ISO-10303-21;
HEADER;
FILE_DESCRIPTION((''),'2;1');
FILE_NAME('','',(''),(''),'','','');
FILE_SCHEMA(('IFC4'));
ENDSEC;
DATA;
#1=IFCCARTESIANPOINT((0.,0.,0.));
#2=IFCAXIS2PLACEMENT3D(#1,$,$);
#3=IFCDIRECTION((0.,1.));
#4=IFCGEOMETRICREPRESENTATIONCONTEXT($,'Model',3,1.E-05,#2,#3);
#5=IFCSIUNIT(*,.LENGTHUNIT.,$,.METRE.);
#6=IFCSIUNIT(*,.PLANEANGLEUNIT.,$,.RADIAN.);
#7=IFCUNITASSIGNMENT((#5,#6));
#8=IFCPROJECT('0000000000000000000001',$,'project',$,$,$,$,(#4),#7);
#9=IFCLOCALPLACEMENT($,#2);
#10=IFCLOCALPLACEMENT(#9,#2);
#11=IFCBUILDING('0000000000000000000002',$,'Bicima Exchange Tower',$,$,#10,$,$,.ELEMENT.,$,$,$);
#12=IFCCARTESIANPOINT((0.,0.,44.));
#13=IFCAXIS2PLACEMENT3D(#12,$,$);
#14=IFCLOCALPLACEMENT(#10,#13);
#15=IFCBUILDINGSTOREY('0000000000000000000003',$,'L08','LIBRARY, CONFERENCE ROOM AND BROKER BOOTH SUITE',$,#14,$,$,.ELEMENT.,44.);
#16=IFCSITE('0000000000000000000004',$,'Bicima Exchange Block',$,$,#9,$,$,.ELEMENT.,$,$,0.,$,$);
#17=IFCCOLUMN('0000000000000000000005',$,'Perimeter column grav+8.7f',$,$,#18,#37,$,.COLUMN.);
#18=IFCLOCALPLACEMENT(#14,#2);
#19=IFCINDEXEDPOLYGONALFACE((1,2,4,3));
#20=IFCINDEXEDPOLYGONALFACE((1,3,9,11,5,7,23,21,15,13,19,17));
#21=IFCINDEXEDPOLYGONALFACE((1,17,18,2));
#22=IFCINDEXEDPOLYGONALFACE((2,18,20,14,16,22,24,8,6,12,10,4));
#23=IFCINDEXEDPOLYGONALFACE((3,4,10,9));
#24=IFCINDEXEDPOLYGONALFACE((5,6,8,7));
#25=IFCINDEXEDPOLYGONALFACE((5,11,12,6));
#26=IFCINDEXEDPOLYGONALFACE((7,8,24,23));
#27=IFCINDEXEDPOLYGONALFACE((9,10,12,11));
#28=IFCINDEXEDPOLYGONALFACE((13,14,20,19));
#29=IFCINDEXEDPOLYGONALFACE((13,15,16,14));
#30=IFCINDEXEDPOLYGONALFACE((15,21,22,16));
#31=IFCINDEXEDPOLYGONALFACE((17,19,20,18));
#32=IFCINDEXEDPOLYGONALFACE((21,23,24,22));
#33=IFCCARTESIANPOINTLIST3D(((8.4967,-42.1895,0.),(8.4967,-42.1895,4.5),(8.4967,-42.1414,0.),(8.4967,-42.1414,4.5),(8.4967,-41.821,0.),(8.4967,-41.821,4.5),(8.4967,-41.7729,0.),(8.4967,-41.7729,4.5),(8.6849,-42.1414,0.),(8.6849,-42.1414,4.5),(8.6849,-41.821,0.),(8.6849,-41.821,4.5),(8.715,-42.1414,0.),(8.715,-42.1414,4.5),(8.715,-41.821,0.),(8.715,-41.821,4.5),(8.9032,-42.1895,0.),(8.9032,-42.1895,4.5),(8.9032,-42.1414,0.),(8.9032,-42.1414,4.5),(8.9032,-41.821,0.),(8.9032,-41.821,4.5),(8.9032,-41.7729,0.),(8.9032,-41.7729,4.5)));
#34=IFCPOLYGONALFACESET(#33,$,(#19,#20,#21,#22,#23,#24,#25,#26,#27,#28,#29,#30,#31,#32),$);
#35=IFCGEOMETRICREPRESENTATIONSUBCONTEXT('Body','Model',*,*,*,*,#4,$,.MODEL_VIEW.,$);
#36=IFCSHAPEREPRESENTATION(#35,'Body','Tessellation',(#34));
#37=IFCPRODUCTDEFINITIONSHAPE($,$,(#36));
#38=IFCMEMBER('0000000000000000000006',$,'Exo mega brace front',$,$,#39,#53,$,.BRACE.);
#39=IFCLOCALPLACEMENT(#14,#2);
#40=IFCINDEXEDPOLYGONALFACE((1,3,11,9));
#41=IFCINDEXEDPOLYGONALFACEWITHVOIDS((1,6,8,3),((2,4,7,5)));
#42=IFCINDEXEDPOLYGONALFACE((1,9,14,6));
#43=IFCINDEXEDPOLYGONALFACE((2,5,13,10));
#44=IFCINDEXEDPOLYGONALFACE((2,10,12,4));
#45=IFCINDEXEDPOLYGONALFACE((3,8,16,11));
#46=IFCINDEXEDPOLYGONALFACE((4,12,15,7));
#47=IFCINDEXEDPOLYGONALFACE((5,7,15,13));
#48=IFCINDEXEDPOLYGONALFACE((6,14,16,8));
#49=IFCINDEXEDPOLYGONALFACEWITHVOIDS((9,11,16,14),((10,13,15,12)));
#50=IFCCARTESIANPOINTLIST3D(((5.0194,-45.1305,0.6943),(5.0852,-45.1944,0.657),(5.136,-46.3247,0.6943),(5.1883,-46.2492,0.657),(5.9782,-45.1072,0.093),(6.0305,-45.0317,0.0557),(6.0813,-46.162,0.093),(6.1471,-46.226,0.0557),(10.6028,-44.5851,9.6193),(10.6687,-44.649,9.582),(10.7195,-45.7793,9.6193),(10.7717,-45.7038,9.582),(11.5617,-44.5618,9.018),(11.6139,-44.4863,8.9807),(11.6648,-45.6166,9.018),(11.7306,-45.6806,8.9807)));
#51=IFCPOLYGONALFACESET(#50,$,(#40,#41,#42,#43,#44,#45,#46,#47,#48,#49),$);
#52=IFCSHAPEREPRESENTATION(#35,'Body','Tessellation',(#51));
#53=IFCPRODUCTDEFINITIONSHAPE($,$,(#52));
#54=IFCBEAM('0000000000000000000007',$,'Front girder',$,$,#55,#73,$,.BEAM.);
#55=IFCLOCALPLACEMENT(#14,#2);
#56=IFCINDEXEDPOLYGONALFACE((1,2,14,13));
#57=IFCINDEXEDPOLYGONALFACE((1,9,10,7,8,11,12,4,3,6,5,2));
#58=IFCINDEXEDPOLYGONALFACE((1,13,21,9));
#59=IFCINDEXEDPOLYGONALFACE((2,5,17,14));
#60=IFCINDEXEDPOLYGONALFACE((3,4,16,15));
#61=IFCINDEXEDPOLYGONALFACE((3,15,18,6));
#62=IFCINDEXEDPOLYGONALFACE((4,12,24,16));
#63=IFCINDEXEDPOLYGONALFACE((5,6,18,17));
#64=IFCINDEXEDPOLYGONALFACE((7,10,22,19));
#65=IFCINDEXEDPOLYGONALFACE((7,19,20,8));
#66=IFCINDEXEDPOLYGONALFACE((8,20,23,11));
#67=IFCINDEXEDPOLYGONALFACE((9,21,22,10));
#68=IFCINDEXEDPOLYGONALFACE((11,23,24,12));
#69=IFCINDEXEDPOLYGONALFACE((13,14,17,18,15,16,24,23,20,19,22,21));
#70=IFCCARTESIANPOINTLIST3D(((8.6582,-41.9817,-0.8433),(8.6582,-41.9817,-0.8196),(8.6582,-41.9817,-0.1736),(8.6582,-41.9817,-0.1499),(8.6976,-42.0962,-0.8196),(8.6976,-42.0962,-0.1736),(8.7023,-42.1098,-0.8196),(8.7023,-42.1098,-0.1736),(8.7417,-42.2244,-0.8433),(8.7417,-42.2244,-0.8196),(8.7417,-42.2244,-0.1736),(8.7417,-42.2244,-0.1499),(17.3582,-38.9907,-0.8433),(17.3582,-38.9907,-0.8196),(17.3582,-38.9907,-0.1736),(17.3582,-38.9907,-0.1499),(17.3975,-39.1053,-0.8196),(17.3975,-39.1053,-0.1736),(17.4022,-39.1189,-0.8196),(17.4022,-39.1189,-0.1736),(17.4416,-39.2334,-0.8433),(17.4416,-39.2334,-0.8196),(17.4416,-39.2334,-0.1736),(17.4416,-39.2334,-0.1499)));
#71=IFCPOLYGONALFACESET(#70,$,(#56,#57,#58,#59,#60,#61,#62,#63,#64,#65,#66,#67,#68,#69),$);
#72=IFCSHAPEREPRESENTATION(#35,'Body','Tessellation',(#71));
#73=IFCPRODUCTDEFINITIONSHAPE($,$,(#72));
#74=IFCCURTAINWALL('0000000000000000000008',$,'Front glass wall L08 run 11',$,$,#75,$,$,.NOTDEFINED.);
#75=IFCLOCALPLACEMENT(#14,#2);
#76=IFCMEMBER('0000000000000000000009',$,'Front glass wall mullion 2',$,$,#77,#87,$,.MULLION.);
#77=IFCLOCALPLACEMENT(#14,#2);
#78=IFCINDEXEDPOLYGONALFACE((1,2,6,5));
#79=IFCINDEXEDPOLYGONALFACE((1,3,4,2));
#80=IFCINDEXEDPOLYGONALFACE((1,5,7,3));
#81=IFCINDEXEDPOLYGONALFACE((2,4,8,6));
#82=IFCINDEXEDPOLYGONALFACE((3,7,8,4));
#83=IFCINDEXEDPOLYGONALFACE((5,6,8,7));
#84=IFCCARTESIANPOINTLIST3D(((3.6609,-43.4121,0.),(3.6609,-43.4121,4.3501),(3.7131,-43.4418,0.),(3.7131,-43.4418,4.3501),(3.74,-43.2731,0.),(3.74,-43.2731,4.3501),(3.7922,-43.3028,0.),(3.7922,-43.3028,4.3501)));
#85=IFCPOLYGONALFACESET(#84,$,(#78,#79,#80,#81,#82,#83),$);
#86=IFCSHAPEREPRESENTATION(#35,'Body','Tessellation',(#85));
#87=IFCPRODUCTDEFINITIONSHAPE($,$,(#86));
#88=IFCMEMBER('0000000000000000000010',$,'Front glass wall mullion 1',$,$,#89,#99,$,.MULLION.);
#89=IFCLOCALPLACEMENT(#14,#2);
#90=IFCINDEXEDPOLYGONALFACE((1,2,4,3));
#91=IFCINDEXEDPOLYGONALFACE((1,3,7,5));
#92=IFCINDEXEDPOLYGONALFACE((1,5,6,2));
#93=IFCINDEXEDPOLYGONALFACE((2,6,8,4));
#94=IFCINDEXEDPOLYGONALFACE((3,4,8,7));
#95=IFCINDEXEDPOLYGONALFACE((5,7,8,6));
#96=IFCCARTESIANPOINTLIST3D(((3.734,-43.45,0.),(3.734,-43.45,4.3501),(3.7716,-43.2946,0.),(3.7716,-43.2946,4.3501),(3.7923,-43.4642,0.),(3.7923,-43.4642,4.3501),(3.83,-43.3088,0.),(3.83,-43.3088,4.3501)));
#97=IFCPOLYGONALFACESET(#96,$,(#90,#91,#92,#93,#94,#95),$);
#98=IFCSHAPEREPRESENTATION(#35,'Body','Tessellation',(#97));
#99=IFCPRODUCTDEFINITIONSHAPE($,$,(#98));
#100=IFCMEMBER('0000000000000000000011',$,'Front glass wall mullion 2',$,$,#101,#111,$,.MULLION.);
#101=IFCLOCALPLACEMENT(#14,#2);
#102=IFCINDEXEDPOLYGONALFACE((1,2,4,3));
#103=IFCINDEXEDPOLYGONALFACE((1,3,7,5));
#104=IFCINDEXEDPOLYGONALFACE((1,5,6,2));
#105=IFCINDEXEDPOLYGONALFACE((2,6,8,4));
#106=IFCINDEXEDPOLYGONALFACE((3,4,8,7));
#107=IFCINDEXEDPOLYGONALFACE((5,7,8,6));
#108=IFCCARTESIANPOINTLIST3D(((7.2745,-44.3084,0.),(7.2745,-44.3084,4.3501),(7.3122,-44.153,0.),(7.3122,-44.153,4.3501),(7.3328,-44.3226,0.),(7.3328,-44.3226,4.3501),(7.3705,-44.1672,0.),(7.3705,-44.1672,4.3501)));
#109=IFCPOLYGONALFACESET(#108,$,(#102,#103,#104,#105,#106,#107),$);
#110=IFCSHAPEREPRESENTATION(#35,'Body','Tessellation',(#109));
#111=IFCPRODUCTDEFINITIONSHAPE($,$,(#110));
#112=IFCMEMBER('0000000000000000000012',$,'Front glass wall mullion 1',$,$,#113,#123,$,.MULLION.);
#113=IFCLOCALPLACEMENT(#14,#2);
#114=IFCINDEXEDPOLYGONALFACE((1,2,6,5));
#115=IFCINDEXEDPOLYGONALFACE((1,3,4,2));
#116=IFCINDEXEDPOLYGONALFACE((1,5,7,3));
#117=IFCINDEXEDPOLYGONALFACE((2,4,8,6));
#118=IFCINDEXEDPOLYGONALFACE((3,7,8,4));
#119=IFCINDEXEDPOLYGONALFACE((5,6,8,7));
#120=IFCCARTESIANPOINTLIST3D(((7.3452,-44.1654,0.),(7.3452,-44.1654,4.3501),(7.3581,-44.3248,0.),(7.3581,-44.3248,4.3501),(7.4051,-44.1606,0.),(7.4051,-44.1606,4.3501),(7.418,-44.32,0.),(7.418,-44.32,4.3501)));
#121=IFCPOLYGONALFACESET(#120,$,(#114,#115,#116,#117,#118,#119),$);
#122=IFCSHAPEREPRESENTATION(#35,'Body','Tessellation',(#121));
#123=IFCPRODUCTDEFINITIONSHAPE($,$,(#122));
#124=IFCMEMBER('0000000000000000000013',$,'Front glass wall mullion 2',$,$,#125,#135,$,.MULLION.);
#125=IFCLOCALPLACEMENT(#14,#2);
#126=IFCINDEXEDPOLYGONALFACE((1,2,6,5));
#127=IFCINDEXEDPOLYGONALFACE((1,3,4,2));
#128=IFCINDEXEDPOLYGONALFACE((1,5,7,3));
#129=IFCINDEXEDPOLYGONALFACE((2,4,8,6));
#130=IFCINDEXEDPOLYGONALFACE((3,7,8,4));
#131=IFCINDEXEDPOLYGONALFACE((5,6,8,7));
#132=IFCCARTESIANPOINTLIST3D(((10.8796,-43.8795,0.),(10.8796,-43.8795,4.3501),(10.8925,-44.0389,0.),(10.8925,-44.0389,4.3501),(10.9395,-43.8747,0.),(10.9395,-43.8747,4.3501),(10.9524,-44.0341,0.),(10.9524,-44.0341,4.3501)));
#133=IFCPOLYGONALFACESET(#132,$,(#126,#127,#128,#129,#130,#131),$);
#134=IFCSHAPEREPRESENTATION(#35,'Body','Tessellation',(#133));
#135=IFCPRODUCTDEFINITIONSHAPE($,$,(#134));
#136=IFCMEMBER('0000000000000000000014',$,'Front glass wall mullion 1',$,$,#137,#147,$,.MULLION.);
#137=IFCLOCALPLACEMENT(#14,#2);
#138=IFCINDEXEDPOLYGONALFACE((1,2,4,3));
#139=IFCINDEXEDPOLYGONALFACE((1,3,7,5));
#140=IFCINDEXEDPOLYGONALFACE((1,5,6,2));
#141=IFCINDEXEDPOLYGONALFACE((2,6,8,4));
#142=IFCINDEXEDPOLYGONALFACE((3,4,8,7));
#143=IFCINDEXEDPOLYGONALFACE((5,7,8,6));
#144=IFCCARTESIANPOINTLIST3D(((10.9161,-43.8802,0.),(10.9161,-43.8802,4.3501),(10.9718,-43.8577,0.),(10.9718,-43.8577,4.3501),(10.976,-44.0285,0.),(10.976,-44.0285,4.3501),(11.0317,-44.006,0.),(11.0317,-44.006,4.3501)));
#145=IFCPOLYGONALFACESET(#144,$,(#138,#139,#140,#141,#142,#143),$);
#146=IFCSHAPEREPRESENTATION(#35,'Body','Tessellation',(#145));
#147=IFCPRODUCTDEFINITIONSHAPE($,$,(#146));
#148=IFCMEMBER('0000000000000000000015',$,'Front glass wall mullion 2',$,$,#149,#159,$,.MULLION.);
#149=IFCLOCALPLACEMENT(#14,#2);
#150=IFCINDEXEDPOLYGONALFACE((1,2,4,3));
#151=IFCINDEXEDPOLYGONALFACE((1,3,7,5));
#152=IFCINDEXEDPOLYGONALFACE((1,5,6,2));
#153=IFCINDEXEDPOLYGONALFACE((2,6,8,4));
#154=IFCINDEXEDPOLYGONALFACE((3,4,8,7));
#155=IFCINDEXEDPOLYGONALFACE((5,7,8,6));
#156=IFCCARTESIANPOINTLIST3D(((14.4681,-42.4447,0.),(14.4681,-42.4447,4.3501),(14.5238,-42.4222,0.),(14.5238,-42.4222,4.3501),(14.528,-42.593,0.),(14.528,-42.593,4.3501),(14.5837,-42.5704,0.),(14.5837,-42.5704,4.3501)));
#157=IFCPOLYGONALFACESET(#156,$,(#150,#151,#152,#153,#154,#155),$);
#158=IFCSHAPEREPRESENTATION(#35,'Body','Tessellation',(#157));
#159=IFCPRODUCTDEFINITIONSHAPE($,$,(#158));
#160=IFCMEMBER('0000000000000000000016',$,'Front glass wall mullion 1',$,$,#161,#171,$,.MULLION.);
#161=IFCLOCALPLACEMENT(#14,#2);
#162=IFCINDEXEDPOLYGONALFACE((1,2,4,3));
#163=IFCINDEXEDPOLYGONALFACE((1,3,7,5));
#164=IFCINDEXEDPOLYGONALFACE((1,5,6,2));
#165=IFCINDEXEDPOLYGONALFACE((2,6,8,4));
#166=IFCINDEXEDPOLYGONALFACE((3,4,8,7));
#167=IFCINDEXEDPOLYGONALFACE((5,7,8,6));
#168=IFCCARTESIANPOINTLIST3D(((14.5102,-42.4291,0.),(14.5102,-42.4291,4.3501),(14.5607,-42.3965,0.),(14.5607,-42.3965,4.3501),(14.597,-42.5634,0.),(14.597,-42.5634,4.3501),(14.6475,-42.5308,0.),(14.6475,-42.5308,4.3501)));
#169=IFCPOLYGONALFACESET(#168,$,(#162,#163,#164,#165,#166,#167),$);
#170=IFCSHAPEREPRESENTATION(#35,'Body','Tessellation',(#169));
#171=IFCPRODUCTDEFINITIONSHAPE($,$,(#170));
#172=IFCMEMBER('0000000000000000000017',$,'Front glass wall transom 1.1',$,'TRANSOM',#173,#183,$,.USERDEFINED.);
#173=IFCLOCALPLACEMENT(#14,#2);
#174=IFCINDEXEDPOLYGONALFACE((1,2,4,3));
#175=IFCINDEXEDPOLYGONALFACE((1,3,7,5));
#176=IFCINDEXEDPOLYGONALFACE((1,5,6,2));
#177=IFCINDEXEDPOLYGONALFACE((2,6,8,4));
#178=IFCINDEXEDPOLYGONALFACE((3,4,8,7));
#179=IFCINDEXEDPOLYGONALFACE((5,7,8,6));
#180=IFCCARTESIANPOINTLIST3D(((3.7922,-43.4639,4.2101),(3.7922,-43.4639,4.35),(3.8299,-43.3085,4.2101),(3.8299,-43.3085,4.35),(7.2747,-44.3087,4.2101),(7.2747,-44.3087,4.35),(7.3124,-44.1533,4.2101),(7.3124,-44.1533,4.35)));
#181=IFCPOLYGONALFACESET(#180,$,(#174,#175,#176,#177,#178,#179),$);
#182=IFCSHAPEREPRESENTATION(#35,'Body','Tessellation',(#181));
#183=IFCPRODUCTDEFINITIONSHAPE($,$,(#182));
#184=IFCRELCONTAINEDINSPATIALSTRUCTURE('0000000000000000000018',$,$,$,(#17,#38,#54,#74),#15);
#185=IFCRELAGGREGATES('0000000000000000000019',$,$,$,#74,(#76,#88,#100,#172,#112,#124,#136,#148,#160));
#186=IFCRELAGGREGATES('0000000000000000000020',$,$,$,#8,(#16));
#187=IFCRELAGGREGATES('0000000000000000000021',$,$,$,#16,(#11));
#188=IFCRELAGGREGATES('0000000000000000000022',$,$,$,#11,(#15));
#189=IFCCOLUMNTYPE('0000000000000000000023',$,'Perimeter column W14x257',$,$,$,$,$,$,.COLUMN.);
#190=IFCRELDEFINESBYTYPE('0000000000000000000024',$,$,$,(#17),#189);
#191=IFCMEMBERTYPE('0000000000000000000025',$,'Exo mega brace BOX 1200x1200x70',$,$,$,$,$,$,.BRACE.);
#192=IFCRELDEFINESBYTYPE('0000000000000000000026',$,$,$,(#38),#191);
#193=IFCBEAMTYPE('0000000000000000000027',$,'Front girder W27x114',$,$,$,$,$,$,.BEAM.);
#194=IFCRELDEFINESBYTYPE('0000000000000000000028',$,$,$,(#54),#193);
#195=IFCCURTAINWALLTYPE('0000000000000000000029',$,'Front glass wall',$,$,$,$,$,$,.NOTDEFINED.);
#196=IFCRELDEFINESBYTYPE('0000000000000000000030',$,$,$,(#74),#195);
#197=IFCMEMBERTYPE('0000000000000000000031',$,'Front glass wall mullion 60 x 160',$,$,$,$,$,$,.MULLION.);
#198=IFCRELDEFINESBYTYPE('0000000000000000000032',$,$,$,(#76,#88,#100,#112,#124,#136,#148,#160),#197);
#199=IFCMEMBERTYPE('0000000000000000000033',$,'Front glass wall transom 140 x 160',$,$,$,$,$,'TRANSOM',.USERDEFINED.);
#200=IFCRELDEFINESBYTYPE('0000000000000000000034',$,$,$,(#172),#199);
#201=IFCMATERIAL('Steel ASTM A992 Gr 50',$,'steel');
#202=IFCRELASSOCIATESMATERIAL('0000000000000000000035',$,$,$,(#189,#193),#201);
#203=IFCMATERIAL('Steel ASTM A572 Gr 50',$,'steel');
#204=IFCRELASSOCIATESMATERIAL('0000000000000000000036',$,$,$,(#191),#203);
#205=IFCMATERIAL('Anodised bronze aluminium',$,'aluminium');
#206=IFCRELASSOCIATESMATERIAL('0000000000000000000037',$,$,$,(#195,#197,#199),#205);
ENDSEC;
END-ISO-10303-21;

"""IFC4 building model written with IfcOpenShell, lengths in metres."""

from ifc_helpers import new_model, si_unit, direction, frame, origin, origin_2d, place, context, subcontext, project, spatial, rectangle, hollow_rectangle, i_section, extrude, material, material_profile, profile_set, type_object, element, aggregate, save


model = new_model("IFC4")

# Units and contexts
model_context = context("Model", 3, precision=1e-05, world=origin(), true_north=direction((0.0, 1.0)))
body_context = subcontext(model_context, "Body", "Model", "MODEL_VIEW")
ifc_project = project(units=[si_unit("LENGTHUNIT", "METRE"), si_unit("PLANEANGLEUNIT", "RADIAN")], contexts=[model_context])

# Site, building, storey
site_placement = place(None, origin())
site = spatial("IfcSite", under=ifc_project, at=site_placement, Name="Bicima Exchange Block", CompositionType="ELEMENT", RefElevation=0.0)
building_placement = place(site_placement, origin())
building = spatial("IfcBuilding", under=site, at=building_placement, Name="Bicima Exchange Tower", CompositionType="ELEMENT")
storey_placement = place(building_placement, frame((0.0, 0.0, 44.0)))
storey = spatial("IfcBuildingStorey", under=building, at=storey_placement, Name="L08", Description="LIBRARY, CONFERENCE ROOM AND BROKER BOOTH SUITE", CompositionType="ELEMENT", Elevation=44.0)

# Column
ifc_material_1 = material(Name="Steel ASTM A992 Gr 50", Category="steel")
ifc_material_profile_1 = material_profile(ifc_material_1, i_section(OverallWidth=0.4065, OverallDepth=0.4165, WebThickness=0.03, FlangeThickness=0.0481, at=origin_2d()))
ifc_profile_set_1 = profile_set([ifc_material_profile_1], Name="Steel ASTM A992 Gr 50")
column_type = type_object("IfcColumnType", Name="Perimeter column W14x257", PredefinedType="COLUMN", material=ifc_profile_set_1)
column_placement = place(storey_placement, frame((8.7, -41.9812, 0.0), z_axis=(0.0, 0.0, 1.0), x_axis=(1.0, 0.0, 0.0)))
element("IfcColumn", 1, at=column_placement, inside=storey, type_object=column_type, Name="Perimeter column grav+8.7f", PredefinedType="COLUMN", context=body_context, shape_type="SweptSolid", body=[
    extrude(i_section(OverallWidth=0.4065, OverallDepth=0.4165, WebThickness=0.03, FlangeThickness=0.0481, at=origin_2d()), origin(), (0.0, 0.0, 1.0), 4.5),
])

# Member
ifc_material_2 = material(Name="Steel ASTM A572 Gr 50", Category="steel")
ifc_material_profile_2 = material_profile(ifc_material_2, hollow_rectangle(XDim=1.2, YDim=1.2, WallThickness=0.0701, at=origin_2d()))
ifc_profile_set_2 = profile_set([ifc_material_profile_2], Name="Steel ASTM A572 Gr 50")
member_type_1 = type_object("IfcMemberType", Name="Exo mega brace BOX 1200x1200x70", PredefinedType="BRACE", material=ifc_profile_set_2)
member_1_placement = place(storey_placement, frame((5.5833, -45.6782, 0.375), z_axis=(0.529653, 0.051738, 0.846635), x_axis=(-0.09722, 0.995263, 0.0)))
element("IfcMember", 2, at=member_1_placement, inside=storey, type_object=member_type_1, Name="Exo mega brace front", PredefinedType="BRACE", context=body_context, shape_type="SweptSolid", body=[
    extrude(hollow_rectangle(XDim=1.2, YDim=1.2, WallThickness=0.0701, at=origin_2d()), origin(), (0.0, 0.0, 1.0), 10.5417),
])

# Beam
ifc_material_profile_3 = material_profile(ifc_material_1, i_section(OverallWidth=0.2566, OverallDepth=0.6934, WebThickness=0.0144, FlangeThickness=0.0237, at=origin_2d()))
ifc_profile_set_3 = profile_set([ifc_material_profile_3], Name="Steel ASTM A992 Gr 50")
beam_type = type_object("IfcBeamType", Name="Front girder W27x114", PredefinedType="BEAM", material=ifc_profile_set_3)
beam_placement = place(storey_placement, frame((8.7, -42.103, -0.4966), z_axis=(0.945675, 0.325115, 0.0), x_axis=(-0.325115, 0.945675, 0.0)))
element("IfcBeam", 3, at=beam_placement, inside=storey, type_object=beam_type, Name="Front girder", PredefinedType="BEAM", context=body_context, shape_type="SweptSolid", body=[
    extrude(i_section(OverallWidth=0.2566, OverallDepth=0.6934, WebThickness=0.0144, FlangeThickness=0.0237, at=origin_2d()), origin(), (0.0, 0.0, 1.0), 9.1997),
])

# Curtain wall, members
ifc_material_3 = material(Name="Anodised bronze aluminium", Category="aluminium")
curtain_wall_type = type_object("IfcCurtainWallType", Name="Front glass wall", PredefinedType="NOTDEFINED", material=ifc_material_3)
curtain_wall_placement = place(storey_placement, origin())
curtain_wall = element("IfcCurtainWall", 4, at=curtain_wall_placement, inside=storey, type_object=curtain_wall_type, Name="Front glass wall L08 run 11", PredefinedType="NOTDEFINED")
ifc_material_profile_4 = material_profile(ifc_material_3, rectangle(XDim=0.1599, YDim=0.0601, at=origin_2d()))
ifc_profile_set_4 = profile_set([ifc_material_profile_4], Name="Anodised bronze aluminium")
member_type_2 = type_object("IfcMemberType", Name="Front glass wall mullion 60 x 160", PredefinedType="MULLION", material=ifc_profile_set_4)
member_2_placement = place(storey_placement, frame((3.7266, -43.3574, 0.0), z_axis=(0.0, 0.0, 1.0), x_axis=(0.49433, 0.869274, 0.0)))
member_2 = element("IfcMember", 5, at=member_2_placement, type_object=member_type_2, Name="Front glass wall mullion 2", PredefinedType="MULLION", context=body_context, shape_type="SweptSolid", body=[
    extrude(rectangle(XDim=0.1599, YDim=0.0601, at=origin_2d()), origin(), (0.0, 0.0, 1.0), 4.3501),
])
member_3_placement = place(storey_placement, frame((3.782, -43.3794, 0.0), z_axis=(0.0, 0.0, 1.0), x_axis=(0.235682, 0.97183, 0.0)))
member_3 = element("IfcMember", 6, at=member_3_placement, type_object=member_type_2, Name="Front glass wall mullion 1", PredefinedType="MULLION", context=body_context, shape_type="SweptSolid", body=[
    extrude(rectangle(XDim=0.1599, YDim=0.0601, at=origin_2d()), origin(), (0.0, 0.0, 1.0), 4.3501),
])
member_4_placement = place(storey_placement, frame((7.3225, -44.2378, 0.0), z_axis=(0.0, 0.0, 1.0), x_axis=(0.235682, 0.97183, 0.0)))
member_4 = element("IfcMember", 7, at=member_4_placement, type_object=member_type_2, Name="Front glass wall mullion 2", PredefinedType="MULLION", context=body_context, shape_type="SweptSolid", body=[
    extrude(rectangle(XDim=0.1599, YDim=0.0601, at=origin_2d()), origin(), (0.0, 0.0, 1.0), 4.3501),
])
member_5_placement = place(storey_placement, frame((7.3816, -44.2427, 0.0), z_axis=(0.0, 0.0, 1.0), x_axis=(-0.080589, 0.996747, 0.0)))
member_5 = element("IfcMember", 8, at=member_5_placement, type_object=member_type_2, Name="Front glass wall mullion 1", PredefinedType="MULLION", context=body_context, shape_type="SweptSolid", body=[
    extrude(rectangle(XDim=0.1599, YDim=0.0601, at=origin_2d()), origin(), (0.0, 0.0, 1.0), 4.3501),
])
member_6_placement = place(storey_placement, frame((10.916, -43.9568, 0.0), z_axis=(0.0, 0.0, 1.0), x_axis=(-0.080589, 0.996747, 0.0)))
member_6 = element("IfcMember", 9, at=member_6_placement, type_object=member_type_2, Name="Front glass wall mullion 2", PredefinedType="MULLION", context=body_context, shape_type="SweptSolid", body=[
    extrude(rectangle(XDim=0.1599, YDim=0.0601, at=origin_2d()), origin(), (0.0, 0.0, 1.0), 4.3501),
])
member_7_placement = place(storey_placement, frame((10.9739, -43.9431, 0.0), z_axis=(0.0, 0.0, 1.0), x_axis=(-0.374705, 0.927144, 0.0)))
member_7 = element("IfcMember", 10, at=member_7_placement, type_object=member_type_2, Name="Front glass wall mullion 1", PredefinedType="MULLION", context=body_context, shape_type="SweptSolid", body=[
    extrude(rectangle(XDim=0.1599, YDim=0.0601, at=origin_2d()), origin(), (0.0, 0.0, 1.0), 4.3501),
])
member_8_placement = place(storey_placement, frame((14.5259, -42.5076, 0.0), z_axis=(0.0, 0.0, 1.0), x_axis=(-0.374705, 0.927144, 0.0)))
member_8 = element("IfcMember", 11, at=member_8_placement, type_object=member_type_2, Name="Front glass wall mullion 2", PredefinedType="MULLION", context=body_context, shape_type="SweptSolid", body=[
    extrude(rectangle(XDim=0.1599, YDim=0.0601, at=origin_2d()), origin(), (0.0, 0.0, 1.0), 4.3501),
])
member_9_placement = place(storey_placement, frame((14.5789, -42.48, 0.0), z_axis=(0.0, 0.0, 1.0), x_axis=(-0.542909, 0.839791, 0.0)))
member_9 = element("IfcMember", 12, at=member_9_placement, type_object=member_type_2, Name="Front glass wall mullion 1", PredefinedType="MULLION", context=body_context, shape_type="SweptSolid", body=[
    extrude(rectangle(XDim=0.1599, YDim=0.0601, at=origin_2d()), origin(), (0.0, 0.0, 1.0), 4.3501),
])
ifc_material_profile_5 = material_profile(ifc_material_3, rectangle(XDim=0.1599, YDim=0.1399, at=origin_2d()))
ifc_profile_set_5 = profile_set([ifc_material_profile_5], Name="Anodised bronze aluminium")
member_type_3 = type_object("IfcMemberType", Name="Front glass wall transom 140 x 160", ElementType="TRANSOM", PredefinedType="USERDEFINED", material=ifc_profile_set_5)
member_10_placement = place(storey_placement, frame((3.811, -43.3862, 4.28), z_axis=(0.971818, -0.235733, 0.0), x_axis=(0.235733, 0.971818, 0.0)))
member_10 = element("IfcMember", 13, at=member_10_placement, type_object=member_type_3, Name="Front glass wall transom 1.1", ObjectType="TRANSOM", PredefinedType="USERDEFINED", context=body_context, shape_type="SweptSolid", body=[
    extrude(rectangle(XDim=0.1599, YDim=0.1399, at=origin_2d()), origin(), (0.0, 0.0, 1.0), 3.5835),
])
aggregate(curtain_wall, [member_2, member_3, member_4, member_10, member_5, member_6, member_7, member_8, member_9])

save(model, "model.ifc")
